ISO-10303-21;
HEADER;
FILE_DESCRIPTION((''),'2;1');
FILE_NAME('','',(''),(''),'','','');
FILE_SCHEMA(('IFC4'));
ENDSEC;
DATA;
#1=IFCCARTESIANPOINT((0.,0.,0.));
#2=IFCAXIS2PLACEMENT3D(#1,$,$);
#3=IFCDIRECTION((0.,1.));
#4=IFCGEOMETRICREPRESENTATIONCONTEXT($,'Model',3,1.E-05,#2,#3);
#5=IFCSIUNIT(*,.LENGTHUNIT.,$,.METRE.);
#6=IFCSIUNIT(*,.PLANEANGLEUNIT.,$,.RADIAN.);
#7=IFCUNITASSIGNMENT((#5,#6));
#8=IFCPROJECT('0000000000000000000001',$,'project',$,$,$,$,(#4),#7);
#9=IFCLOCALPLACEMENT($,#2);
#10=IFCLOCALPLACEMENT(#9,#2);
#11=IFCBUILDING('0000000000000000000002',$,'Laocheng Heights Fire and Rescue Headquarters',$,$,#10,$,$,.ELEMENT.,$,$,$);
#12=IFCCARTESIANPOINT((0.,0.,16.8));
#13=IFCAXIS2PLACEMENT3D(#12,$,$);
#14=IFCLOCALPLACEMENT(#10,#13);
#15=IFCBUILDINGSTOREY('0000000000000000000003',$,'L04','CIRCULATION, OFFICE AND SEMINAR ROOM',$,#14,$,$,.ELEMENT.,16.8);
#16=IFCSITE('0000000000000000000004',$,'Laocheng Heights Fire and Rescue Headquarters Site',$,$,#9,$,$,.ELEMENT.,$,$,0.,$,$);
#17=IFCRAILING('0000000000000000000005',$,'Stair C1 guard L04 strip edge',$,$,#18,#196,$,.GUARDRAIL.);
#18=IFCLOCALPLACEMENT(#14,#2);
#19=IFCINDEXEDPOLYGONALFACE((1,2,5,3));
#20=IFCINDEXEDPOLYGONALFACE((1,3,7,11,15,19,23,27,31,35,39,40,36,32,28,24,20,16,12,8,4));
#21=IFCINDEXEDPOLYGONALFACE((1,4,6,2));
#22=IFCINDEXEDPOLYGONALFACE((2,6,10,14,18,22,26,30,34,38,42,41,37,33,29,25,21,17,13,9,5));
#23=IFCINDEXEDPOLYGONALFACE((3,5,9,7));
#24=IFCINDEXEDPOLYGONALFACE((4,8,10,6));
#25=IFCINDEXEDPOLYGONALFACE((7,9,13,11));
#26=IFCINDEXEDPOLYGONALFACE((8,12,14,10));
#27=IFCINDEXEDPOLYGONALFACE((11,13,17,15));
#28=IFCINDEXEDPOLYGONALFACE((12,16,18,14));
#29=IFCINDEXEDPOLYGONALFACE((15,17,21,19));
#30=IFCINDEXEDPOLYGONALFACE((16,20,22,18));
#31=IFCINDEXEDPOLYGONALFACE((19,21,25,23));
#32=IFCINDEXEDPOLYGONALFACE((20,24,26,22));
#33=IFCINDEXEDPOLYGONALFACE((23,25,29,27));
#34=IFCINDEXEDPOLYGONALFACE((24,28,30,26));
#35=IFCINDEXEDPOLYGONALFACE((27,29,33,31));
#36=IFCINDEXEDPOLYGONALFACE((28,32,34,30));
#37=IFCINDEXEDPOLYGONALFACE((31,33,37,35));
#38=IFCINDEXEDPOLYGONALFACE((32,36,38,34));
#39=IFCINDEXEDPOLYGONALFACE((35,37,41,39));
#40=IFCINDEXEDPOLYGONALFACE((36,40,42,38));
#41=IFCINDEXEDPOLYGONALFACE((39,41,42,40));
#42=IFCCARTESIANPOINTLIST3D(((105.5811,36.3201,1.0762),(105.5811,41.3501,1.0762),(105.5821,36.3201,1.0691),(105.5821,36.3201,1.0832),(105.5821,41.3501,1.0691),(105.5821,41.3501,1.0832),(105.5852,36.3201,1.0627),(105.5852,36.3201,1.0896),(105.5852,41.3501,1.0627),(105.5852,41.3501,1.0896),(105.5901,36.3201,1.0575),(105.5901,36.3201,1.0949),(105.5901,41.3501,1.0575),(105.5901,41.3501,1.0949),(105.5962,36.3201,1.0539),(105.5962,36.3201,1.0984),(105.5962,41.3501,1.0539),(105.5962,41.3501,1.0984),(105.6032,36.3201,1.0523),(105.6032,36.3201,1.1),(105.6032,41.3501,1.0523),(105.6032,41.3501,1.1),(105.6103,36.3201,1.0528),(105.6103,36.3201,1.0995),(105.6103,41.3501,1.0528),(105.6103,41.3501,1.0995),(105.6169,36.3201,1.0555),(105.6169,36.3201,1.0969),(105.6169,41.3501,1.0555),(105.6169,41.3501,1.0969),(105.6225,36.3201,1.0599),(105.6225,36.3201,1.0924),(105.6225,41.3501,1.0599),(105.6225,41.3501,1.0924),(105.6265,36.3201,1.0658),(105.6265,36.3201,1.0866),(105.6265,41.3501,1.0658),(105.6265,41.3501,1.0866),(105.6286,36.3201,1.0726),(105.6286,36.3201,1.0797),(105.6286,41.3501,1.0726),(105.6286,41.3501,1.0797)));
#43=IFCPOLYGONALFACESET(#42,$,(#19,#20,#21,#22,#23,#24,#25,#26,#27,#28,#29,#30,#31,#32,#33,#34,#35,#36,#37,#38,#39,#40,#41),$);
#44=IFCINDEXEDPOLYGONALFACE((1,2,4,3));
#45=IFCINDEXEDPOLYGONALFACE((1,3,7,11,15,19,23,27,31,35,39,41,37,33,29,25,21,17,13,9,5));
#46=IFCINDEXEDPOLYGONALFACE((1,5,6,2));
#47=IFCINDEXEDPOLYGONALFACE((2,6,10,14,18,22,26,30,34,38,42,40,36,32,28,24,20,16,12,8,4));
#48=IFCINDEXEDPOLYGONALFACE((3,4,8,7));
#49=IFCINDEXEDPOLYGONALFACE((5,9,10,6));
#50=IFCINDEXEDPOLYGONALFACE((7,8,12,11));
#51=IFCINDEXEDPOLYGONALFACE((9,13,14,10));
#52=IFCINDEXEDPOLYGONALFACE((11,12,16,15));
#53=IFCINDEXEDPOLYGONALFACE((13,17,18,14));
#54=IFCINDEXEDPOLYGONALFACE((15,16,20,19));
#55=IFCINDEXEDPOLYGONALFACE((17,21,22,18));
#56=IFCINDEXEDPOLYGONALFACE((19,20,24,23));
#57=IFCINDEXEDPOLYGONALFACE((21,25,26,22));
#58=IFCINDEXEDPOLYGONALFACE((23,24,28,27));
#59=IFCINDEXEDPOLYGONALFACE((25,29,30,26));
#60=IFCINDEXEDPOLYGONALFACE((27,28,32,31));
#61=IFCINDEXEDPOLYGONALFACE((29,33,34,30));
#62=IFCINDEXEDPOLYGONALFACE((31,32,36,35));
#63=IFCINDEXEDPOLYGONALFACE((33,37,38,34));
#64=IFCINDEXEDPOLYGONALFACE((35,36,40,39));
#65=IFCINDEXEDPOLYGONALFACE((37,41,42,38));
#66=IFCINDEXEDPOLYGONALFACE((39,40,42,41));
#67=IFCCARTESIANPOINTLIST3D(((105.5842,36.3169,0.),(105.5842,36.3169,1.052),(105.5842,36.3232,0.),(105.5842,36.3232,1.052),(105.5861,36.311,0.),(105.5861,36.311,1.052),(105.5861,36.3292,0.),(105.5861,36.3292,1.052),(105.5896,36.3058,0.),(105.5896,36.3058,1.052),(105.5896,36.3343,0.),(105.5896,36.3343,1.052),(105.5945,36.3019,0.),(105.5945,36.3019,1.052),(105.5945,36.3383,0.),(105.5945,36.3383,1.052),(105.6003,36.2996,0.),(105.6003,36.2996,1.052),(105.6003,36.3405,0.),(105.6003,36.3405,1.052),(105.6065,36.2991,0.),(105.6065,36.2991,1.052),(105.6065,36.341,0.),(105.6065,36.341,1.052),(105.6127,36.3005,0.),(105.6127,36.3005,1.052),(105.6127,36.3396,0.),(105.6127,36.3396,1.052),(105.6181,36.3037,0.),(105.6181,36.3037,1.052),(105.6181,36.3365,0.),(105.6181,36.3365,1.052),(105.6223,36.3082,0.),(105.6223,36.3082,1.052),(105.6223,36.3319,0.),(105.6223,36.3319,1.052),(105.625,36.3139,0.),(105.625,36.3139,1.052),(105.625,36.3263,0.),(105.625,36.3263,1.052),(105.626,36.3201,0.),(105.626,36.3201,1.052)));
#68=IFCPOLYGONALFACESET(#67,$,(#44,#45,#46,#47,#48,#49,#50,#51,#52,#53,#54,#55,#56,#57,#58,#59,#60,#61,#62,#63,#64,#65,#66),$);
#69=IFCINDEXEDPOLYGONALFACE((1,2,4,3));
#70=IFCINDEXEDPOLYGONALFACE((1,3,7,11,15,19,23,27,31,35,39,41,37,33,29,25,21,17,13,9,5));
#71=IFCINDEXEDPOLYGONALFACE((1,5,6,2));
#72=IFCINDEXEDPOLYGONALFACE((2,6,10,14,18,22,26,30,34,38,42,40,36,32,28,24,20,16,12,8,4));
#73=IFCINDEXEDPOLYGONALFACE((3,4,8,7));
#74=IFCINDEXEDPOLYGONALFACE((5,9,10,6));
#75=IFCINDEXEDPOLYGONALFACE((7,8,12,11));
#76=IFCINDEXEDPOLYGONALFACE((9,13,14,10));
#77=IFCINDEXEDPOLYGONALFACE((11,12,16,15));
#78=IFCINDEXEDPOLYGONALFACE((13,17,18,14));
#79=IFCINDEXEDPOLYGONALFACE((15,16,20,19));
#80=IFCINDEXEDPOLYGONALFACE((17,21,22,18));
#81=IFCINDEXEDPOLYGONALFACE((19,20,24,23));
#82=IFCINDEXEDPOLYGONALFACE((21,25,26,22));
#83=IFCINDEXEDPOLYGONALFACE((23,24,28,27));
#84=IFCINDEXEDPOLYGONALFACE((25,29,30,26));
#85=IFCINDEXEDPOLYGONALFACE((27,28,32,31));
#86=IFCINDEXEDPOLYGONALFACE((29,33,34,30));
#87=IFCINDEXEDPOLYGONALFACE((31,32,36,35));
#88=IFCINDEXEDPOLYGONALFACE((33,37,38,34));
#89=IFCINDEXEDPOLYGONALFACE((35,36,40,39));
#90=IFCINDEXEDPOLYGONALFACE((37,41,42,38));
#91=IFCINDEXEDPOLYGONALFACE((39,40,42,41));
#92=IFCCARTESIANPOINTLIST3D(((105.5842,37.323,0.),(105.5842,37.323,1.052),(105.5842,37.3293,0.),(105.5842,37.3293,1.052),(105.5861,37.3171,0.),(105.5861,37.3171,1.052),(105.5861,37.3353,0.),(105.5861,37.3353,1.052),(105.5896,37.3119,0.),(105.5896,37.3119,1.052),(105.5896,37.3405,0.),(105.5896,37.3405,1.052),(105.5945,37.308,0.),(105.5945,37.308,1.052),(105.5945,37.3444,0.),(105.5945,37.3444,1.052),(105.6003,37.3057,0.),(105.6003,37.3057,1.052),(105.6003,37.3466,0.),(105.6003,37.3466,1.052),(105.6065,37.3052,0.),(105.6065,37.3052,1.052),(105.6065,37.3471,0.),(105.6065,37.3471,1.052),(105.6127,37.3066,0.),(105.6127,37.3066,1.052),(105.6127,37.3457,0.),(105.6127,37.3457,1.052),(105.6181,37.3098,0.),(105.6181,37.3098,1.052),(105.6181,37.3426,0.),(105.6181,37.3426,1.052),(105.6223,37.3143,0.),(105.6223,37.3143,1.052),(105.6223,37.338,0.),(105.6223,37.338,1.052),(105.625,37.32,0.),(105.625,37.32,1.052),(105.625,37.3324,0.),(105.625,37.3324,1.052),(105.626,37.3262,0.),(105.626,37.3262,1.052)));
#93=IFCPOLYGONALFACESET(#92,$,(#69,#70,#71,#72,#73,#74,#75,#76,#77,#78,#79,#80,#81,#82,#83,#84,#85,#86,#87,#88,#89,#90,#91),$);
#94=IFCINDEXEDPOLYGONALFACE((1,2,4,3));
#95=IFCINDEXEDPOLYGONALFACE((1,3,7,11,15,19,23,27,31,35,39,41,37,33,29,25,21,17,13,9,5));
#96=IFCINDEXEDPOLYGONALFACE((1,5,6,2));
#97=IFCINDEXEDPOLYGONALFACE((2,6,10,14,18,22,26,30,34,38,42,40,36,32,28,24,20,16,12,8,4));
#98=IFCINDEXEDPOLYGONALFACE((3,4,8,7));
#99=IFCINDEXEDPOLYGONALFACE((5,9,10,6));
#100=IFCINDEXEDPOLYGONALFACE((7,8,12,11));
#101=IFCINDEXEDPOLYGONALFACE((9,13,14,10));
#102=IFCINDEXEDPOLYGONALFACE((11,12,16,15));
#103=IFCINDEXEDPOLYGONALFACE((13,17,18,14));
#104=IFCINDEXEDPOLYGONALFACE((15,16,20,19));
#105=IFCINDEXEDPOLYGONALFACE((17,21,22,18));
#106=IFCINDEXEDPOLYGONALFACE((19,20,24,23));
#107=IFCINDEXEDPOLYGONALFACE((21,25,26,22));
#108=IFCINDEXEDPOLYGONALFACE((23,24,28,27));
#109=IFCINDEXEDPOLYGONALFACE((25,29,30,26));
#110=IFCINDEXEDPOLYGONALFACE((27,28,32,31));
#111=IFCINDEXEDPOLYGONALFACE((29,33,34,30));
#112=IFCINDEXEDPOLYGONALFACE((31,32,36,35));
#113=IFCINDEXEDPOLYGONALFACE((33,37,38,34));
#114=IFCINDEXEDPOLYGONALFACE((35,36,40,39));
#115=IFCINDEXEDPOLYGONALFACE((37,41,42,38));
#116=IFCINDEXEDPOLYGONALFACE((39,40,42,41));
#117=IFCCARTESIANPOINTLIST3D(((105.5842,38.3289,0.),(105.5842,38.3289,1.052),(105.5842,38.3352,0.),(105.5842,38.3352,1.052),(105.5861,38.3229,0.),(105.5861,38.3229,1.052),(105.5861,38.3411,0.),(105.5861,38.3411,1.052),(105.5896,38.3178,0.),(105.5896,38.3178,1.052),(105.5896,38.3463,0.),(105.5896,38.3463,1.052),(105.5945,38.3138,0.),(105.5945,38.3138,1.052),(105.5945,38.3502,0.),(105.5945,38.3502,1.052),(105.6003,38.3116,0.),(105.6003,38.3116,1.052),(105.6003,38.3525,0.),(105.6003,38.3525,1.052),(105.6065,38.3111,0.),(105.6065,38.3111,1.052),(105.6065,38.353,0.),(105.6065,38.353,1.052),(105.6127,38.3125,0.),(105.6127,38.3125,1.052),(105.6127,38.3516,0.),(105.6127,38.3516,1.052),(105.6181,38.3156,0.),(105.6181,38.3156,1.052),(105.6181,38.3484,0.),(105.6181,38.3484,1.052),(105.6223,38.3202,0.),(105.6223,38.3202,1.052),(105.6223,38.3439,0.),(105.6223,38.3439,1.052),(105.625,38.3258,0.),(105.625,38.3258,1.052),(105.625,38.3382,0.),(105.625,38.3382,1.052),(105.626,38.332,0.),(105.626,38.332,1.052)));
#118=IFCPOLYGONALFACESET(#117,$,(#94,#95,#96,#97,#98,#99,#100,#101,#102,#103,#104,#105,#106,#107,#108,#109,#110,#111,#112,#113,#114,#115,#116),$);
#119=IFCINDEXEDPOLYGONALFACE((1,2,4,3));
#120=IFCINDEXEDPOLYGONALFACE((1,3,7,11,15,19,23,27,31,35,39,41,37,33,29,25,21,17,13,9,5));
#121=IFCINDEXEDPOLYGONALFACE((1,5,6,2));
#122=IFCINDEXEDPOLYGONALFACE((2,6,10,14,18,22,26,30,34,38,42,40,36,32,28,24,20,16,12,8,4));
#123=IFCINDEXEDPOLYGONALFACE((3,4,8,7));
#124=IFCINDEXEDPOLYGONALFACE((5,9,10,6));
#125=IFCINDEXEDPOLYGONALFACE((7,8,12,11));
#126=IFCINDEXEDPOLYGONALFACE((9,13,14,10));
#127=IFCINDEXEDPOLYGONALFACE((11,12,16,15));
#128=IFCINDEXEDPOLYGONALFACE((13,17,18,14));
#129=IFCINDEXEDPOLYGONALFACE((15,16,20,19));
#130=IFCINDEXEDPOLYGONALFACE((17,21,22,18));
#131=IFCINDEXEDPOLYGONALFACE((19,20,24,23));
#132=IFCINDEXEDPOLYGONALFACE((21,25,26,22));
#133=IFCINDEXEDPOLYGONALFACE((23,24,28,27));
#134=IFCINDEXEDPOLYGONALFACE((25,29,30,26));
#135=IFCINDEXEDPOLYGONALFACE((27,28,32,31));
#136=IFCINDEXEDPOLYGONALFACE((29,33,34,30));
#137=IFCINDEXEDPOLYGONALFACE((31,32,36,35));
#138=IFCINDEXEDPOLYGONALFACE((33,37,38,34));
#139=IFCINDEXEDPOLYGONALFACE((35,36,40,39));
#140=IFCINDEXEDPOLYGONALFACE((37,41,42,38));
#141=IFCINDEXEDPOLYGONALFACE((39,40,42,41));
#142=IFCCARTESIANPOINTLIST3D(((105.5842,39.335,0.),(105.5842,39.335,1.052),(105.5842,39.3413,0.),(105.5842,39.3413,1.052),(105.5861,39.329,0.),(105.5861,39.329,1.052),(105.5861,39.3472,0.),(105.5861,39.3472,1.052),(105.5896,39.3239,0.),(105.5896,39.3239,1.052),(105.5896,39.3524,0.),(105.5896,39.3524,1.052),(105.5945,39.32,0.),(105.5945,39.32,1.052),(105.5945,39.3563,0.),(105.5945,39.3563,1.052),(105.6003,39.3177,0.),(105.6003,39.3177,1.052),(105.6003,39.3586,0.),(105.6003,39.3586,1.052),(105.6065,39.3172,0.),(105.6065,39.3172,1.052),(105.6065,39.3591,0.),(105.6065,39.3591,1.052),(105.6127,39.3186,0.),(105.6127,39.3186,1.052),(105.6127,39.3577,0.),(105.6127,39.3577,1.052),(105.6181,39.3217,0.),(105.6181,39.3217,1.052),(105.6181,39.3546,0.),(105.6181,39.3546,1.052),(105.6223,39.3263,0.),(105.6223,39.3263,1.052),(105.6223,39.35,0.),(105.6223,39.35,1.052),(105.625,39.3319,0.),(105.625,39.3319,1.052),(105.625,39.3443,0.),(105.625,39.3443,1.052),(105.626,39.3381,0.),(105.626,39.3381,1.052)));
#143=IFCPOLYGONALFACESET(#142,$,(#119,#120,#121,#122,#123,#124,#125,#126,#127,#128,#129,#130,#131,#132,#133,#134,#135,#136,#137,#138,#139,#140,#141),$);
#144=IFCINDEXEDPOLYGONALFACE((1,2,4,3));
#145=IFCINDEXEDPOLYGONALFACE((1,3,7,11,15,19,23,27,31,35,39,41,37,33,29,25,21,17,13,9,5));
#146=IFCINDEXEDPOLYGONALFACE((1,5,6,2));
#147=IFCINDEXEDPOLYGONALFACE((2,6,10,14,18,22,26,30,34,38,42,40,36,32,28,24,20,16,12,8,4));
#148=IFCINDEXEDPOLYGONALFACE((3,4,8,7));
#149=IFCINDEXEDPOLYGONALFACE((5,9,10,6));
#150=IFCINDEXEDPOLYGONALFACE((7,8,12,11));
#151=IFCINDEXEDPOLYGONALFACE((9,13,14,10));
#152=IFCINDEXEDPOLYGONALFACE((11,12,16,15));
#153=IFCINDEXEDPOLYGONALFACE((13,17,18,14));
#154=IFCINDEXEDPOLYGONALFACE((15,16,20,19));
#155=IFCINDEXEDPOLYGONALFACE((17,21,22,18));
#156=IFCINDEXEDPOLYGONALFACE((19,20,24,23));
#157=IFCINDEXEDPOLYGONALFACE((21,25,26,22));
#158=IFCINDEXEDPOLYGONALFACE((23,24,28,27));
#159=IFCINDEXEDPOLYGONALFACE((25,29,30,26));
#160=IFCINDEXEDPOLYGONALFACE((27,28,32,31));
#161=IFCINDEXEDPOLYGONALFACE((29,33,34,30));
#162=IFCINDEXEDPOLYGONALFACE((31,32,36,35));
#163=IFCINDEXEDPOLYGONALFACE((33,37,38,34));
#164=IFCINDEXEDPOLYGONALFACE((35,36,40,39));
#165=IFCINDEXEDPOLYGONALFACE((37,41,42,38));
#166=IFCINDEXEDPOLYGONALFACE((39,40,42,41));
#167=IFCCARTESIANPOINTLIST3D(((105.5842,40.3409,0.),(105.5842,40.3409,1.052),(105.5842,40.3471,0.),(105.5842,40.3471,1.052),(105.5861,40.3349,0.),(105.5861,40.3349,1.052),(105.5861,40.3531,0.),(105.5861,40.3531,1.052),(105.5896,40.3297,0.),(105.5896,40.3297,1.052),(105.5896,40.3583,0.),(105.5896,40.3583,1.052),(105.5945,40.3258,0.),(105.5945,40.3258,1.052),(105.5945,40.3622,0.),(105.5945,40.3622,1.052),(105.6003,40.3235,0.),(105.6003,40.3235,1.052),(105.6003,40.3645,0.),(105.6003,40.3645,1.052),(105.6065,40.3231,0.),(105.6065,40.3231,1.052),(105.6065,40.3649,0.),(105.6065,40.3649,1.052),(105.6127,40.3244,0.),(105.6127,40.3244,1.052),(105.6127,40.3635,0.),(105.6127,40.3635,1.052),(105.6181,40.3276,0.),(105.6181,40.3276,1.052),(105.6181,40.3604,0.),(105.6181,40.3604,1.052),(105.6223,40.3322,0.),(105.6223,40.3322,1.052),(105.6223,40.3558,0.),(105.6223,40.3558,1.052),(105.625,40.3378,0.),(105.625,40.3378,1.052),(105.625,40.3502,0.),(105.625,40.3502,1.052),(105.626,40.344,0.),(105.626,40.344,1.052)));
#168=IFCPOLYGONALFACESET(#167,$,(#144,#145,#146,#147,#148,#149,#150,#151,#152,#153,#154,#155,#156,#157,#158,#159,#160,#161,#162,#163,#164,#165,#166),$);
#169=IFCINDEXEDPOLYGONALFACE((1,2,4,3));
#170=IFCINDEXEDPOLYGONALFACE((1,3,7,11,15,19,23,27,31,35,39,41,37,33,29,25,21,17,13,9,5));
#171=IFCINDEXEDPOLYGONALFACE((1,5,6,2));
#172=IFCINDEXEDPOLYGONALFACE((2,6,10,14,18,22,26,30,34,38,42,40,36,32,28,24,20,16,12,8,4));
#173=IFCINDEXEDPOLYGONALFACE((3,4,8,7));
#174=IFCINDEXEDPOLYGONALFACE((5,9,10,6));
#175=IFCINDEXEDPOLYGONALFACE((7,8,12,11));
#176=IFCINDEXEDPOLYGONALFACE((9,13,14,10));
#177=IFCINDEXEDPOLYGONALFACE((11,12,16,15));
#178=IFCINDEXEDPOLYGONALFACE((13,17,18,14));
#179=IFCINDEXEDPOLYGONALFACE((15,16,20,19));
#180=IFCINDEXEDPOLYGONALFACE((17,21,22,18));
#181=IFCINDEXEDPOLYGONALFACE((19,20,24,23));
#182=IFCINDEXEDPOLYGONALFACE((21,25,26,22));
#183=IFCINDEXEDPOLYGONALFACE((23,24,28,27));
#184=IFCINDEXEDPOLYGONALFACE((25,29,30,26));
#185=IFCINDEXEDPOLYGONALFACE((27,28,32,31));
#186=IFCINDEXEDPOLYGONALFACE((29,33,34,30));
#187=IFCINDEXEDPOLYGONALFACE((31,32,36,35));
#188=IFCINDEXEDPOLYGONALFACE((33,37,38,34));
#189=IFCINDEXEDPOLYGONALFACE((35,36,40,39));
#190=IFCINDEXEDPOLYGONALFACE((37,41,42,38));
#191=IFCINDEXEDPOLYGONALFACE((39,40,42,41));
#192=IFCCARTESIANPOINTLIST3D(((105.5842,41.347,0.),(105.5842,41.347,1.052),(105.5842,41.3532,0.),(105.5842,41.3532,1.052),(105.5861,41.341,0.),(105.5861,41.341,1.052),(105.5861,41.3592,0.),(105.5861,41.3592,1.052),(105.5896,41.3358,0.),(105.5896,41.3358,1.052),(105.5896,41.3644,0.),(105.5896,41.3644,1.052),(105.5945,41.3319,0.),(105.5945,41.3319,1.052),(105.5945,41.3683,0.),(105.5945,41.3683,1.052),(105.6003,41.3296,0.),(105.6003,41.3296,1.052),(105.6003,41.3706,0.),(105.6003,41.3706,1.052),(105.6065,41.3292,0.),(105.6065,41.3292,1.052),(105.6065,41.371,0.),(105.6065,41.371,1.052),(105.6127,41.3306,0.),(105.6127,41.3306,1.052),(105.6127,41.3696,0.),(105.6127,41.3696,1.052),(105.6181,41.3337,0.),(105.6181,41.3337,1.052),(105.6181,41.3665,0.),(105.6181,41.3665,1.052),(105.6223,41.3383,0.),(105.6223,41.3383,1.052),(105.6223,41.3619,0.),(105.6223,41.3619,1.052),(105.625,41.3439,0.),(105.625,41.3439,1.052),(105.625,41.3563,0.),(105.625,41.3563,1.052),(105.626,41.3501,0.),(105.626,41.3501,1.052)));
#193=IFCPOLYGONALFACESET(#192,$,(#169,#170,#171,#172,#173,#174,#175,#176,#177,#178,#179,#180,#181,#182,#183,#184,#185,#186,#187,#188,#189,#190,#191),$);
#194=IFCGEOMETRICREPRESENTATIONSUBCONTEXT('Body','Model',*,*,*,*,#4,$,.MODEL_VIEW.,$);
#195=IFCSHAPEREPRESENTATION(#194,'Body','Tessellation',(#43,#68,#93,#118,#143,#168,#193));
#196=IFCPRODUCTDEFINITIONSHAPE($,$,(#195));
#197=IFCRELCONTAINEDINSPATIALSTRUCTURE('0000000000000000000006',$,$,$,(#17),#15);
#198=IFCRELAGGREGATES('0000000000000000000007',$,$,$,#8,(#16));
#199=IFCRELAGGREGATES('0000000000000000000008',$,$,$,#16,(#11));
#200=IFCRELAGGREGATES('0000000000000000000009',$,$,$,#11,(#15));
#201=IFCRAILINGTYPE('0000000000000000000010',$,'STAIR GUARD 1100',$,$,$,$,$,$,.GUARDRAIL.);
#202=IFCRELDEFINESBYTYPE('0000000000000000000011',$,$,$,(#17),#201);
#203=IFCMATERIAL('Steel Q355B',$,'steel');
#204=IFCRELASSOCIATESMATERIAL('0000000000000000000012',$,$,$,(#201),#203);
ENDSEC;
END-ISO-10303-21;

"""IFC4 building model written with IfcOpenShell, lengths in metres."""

from ifc_helpers import new_model, si_unit, direction, frame, origin, origin_2d, place, context, subcontext, project, spatial, circle, extrude, material, type_object, element, save


model = new_model("IFC4")

# Units and contexts
model_context = context("Model", 3, precision=1e-05, world=origin(), true_north=direction((0.0, 1.0)))
body_context = subcontext(model_context, "Body", "Model", "MODEL_VIEW")
ifc_project = project(units=[si_unit("LENGTHUNIT", "METRE"), si_unit("PLANEANGLEUNIT", "RADIAN")], contexts=[model_context])

# Site, building, storey
site_placement = place(None, origin())
site = spatial("IfcSite", under=ifc_project, at=site_placement, Name="Laocheng Heights Fire and Rescue Headquarters Site", CompositionType="ELEMENT", RefElevation=0.0)
building_placement = place(site_placement, origin())
building = spatial("IfcBuilding", under=site, at=building_placement, Name="Laocheng Heights Fire and Rescue Headquarters", CompositionType="ELEMENT")
storey_placement = place(building_placement, frame((0.0, 0.0, 16.8)))
storey = spatial("IfcBuildingStorey", under=building, at=storey_placement, Name="L04", Description="CIRCULATION, OFFICE AND SEMINAR ROOM", CompositionType="ELEMENT", Elevation=16.8)

# Railing
ifc_material_1 = material(Name="Steel Q355B", Category="steel")
railing_type_1 = type_object("IfcRailingType", Name="STAIR GUARD 1100", PredefinedType="GUARDRAIL", material=ifc_material_1)
railing_1_placement = place(storey_placement, frame((105.605, 36.3201, 0.0)))
element("IfcRailing", 1, at=railing_1_placement, inside=storey, type_object=railing_type_1, Name="Stair C1 guard L04 strip edge", PredefinedType="GUARDRAIL", context=body_context, shape_type="SweptSolid", body=[
    extrude(circle(Radius=0.0239, at=origin_2d()), frame((0.0, 0.0, 1.0762), z_axis=(0.0, 1.0, 0.0), x_axis=(-1.0, 0.0, 0.0)), (0.0, 0.0, 1.0), 5.03),
    extrude(circle(Radius=0.021, at=origin_2d()), origin(), (0.0, 0.0, 1.0), 1.052),
    extrude(circle(Radius=0.021, at=origin_2d()), frame((0.0, 1.0061, 0.0)), (0.0, 0.0, 1.0), 1.052),
    extrude(circle(Radius=0.021, at=origin_2d()), frame((0.0, 2.012, 0.0)), (0.0, 0.0, 1.0), 1.052),
    extrude(circle(Radius=0.021, at=origin_2d()), frame((0.0, 3.0181, 0.0)), (0.0, 0.0, 1.0), 1.052),
    extrude(circle(Radius=0.021, at=origin_2d()), frame((0.0, 4.0239, 0.0)), (0.0, 0.0, 1.0), 1.052),
    extrude(circle(Radius=0.021, at=origin_2d()), frame((0.0, 5.03, 0.0)), (0.0, 0.0, 1.0), 1.052),
])

save(model, "model.ifc")
